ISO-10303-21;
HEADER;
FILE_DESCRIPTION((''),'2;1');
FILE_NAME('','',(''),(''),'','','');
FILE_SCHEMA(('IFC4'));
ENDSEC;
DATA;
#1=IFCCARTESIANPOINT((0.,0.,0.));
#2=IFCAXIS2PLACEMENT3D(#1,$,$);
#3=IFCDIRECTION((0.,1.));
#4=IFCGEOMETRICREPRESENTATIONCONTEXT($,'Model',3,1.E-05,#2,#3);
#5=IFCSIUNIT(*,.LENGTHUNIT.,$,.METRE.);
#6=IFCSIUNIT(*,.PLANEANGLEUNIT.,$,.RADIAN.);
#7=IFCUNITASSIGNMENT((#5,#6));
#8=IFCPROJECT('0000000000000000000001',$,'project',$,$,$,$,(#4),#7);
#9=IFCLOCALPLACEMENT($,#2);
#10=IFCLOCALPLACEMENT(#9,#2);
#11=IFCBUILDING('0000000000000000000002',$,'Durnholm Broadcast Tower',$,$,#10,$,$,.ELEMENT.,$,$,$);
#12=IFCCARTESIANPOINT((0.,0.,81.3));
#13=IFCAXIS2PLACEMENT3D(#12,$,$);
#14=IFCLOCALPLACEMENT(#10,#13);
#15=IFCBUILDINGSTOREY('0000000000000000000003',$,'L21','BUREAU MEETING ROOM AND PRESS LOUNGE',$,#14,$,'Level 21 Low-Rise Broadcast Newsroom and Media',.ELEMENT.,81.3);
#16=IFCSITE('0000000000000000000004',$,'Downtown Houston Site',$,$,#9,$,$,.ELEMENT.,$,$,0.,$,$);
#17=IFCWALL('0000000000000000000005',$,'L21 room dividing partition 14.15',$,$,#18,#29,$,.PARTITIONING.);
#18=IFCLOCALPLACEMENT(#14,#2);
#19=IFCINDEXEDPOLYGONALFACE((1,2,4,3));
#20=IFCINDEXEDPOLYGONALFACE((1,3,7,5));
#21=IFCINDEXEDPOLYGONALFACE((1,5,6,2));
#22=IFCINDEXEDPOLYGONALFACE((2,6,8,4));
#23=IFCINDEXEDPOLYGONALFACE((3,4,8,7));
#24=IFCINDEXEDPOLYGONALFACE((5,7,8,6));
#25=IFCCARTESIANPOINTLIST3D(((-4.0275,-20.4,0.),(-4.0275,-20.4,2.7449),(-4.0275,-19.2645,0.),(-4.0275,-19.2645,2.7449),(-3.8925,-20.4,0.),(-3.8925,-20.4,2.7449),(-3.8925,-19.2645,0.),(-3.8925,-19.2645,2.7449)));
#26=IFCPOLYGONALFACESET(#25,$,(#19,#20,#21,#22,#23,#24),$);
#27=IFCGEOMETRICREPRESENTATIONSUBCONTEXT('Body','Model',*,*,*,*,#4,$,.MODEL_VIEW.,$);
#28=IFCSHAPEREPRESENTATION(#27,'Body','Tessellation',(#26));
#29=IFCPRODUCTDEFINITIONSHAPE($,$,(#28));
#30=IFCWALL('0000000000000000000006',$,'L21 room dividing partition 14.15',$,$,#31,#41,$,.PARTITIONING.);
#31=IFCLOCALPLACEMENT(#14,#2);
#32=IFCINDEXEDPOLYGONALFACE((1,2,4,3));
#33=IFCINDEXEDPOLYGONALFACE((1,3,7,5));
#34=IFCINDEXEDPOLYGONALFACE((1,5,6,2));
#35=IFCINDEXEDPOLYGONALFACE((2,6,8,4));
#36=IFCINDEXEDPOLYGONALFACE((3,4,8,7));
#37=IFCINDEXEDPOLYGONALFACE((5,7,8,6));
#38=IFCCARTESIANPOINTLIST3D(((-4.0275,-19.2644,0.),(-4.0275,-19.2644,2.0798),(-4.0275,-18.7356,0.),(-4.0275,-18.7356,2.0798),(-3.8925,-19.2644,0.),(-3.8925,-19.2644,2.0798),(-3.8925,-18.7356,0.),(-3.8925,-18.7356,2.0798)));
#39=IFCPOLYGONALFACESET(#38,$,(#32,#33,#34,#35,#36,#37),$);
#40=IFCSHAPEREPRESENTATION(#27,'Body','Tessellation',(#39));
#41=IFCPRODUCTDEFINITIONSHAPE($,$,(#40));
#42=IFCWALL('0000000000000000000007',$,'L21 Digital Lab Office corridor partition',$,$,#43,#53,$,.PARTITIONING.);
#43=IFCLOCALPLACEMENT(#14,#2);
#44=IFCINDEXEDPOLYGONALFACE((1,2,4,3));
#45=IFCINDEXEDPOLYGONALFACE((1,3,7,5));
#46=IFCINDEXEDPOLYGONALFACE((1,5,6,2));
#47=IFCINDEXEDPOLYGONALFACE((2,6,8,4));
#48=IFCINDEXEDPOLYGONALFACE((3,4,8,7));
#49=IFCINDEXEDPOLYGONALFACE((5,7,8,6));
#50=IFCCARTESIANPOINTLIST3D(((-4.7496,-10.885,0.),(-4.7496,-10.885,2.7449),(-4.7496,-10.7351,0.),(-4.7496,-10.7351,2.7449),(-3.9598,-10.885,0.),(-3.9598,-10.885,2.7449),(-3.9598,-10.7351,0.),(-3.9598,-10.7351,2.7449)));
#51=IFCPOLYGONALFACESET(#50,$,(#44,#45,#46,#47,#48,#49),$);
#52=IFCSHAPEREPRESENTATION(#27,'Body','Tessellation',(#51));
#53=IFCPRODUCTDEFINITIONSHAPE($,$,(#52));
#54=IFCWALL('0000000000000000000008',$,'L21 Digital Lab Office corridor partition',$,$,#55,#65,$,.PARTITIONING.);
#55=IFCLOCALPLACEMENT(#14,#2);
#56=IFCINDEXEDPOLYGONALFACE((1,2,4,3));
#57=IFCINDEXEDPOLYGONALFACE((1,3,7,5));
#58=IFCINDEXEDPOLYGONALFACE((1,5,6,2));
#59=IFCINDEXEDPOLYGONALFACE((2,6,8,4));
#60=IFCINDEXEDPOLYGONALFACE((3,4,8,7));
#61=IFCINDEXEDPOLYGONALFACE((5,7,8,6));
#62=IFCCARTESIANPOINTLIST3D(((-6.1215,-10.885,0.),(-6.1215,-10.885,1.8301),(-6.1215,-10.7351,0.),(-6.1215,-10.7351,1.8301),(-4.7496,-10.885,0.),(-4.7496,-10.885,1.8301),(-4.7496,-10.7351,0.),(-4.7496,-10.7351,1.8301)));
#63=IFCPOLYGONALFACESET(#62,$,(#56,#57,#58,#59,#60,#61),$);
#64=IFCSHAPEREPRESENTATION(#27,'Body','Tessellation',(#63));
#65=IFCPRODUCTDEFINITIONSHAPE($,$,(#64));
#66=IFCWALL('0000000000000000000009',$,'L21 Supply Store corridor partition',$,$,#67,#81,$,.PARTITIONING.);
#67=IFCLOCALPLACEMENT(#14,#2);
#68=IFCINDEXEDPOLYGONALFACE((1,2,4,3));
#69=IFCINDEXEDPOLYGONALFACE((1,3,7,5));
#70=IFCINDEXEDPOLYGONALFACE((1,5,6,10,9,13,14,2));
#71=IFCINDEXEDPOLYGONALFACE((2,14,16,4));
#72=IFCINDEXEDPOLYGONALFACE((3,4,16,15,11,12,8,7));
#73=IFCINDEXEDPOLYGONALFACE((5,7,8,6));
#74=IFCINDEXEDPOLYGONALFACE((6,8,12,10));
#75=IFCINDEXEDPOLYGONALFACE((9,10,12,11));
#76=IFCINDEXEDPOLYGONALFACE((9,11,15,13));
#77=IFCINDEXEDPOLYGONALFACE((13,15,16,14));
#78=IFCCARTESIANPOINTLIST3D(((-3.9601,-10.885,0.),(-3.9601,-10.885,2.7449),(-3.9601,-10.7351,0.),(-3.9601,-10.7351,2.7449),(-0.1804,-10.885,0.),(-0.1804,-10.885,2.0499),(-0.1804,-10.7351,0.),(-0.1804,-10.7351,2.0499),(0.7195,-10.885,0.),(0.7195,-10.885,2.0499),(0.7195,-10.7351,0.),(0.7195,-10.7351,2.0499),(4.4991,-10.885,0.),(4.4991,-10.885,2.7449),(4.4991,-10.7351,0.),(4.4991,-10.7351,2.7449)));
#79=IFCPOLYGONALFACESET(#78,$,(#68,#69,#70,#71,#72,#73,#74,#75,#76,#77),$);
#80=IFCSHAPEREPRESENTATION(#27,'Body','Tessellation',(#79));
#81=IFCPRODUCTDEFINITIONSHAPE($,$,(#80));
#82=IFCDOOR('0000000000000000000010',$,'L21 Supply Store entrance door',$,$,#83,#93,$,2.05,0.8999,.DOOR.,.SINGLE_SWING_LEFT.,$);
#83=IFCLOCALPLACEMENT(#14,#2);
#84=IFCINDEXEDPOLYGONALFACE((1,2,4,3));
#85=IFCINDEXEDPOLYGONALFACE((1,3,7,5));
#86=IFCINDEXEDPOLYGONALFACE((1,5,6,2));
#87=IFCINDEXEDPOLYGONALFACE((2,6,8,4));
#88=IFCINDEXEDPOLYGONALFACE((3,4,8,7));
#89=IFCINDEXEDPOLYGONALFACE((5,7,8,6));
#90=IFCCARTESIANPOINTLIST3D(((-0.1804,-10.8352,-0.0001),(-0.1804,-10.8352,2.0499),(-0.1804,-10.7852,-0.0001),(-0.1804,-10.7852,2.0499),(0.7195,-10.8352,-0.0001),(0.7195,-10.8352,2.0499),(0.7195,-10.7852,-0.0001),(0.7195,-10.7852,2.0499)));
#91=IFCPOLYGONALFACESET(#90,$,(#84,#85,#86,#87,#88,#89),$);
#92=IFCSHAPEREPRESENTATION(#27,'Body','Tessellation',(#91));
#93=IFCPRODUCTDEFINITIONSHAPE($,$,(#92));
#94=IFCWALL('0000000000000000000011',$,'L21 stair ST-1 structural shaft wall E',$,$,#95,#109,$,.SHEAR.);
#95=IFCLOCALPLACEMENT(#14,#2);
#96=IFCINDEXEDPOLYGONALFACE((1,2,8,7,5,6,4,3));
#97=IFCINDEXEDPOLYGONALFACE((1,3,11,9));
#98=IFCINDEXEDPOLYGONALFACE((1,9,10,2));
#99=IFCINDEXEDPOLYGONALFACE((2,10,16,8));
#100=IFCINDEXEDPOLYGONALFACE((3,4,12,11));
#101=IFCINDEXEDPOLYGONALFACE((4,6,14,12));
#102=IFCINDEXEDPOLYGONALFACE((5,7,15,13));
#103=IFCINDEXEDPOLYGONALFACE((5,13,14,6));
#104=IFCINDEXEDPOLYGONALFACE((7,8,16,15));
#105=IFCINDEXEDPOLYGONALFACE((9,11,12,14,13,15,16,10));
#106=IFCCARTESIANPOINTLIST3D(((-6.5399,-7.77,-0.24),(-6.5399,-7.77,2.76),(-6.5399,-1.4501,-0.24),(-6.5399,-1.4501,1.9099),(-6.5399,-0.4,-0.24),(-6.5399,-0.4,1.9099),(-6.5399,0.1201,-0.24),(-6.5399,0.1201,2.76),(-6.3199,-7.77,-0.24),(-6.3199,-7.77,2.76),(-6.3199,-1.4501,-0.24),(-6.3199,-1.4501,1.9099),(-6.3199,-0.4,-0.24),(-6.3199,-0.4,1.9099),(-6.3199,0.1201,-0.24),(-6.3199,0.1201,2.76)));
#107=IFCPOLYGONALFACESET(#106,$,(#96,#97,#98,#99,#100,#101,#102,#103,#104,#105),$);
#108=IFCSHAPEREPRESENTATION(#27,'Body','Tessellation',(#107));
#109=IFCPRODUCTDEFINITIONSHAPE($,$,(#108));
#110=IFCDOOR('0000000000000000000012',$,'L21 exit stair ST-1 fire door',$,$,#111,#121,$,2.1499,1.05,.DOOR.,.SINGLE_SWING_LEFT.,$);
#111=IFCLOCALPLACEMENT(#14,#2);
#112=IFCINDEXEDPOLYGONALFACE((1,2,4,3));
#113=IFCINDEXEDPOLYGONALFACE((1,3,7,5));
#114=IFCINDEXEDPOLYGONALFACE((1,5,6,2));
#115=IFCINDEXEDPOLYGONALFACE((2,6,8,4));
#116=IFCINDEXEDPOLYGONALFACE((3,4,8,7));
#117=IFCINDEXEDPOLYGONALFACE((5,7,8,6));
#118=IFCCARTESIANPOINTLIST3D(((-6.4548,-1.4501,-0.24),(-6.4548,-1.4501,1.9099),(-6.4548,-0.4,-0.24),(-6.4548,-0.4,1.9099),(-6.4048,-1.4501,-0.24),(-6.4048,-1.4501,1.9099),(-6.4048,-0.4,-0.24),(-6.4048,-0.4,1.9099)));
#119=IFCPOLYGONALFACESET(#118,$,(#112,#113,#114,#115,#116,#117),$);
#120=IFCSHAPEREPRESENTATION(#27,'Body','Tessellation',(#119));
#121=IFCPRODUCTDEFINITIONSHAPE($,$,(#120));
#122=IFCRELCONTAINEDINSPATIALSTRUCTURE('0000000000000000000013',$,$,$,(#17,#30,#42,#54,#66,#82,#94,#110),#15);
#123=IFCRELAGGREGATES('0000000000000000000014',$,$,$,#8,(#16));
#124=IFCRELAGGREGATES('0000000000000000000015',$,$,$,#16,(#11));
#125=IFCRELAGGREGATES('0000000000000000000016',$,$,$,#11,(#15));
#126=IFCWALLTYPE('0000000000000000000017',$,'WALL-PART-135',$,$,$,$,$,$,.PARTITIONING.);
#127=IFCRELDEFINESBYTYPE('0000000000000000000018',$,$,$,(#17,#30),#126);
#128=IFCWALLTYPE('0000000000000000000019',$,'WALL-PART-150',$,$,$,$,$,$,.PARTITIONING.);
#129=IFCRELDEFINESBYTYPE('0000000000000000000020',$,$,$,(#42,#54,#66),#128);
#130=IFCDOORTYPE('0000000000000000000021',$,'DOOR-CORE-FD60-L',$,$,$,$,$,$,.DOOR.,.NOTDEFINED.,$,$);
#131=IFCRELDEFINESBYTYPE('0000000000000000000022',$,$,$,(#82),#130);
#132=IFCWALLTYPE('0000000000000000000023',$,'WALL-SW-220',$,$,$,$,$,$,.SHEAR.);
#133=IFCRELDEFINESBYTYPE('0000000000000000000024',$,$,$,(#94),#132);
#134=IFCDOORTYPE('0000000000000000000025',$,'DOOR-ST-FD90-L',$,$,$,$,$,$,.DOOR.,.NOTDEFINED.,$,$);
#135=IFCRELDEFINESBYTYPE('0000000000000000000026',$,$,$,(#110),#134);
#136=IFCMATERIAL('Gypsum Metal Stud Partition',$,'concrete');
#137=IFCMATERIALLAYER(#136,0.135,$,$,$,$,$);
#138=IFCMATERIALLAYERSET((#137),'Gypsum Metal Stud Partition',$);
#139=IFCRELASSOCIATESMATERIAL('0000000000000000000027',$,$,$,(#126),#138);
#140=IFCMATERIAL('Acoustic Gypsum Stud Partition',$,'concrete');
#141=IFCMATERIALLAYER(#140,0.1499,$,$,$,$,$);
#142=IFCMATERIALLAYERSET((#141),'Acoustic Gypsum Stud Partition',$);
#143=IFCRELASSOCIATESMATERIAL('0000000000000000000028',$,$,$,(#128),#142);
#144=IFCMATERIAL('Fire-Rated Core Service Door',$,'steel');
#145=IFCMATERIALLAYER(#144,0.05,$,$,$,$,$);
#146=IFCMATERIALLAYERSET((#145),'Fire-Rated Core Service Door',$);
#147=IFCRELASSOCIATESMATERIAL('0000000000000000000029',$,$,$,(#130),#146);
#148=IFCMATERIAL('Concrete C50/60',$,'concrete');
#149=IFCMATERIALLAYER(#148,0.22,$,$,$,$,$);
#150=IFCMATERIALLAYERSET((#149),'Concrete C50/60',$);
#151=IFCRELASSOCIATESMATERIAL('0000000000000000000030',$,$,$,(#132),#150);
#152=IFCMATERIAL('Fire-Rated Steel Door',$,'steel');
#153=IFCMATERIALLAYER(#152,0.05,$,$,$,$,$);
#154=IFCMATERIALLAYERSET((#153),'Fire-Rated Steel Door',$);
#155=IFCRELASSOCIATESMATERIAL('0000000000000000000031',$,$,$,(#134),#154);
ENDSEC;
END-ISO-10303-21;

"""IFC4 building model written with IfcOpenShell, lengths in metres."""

from ifc_helpers import new_model, si_unit, direction, frame, frame_2d, origin, place, context, subcontext, project, spatial, rectangle, extrude, source, transform, mapped, material, layer, layer_set, type_object, type_shapes, element, fill, save


model = new_model("IFC4")

# Units and contexts
model_context = context("Model", 3, precision=1e-05, world=origin(), true_north=direction((0.0, 1.0)))
body_context = subcontext(model_context, "Body", "Model", "MODEL_VIEW")
ifc_project = project(units=[si_unit("LENGTHUNIT", "METRE"), si_unit("PLANEANGLEUNIT", "RADIAN")], contexts=[model_context])

# Site, building, storey
site_placement = place(None, origin())
site = spatial("IfcSite", under=ifc_project, at=site_placement, Name="Downtown Houston Site", CompositionType="ELEMENT", RefElevation=0.0)
building_placement = place(site_placement, origin())
building = spatial("IfcBuilding", under=site, at=building_placement, Name="Durnholm Broadcast Tower", CompositionType="ELEMENT")
storey_placement = place(building_placement, frame((0.0, 0.0, 81.3)))
storey = spatial("IfcBuildingStorey", under=building, at=storey_placement, Name="L21", Description="BUREAU MEETING ROOM AND PRESS LOUNGE", LongName="Level 21 Low-Rise Broadcast Newsroom and Media", CompositionType="ELEMENT", Elevation=81.3)

# Shared definitions
ifc_material_1 = material(Name="Gypsum Metal Stud Partition", Category="concrete")
ifc_layer_1 = layer(ifc_material_1, 0.135)
ifc_layer_set_1 = layer_set([ifc_layer_1], Name="Gypsum Metal Stud Partition")
wall_type_1 = type_object("IfcWallType", Name="WALL-PART-135", PredefinedType="PARTITIONING", material=ifc_layer_set_1)

# Walls
wall_1_placement = place(storey_placement, frame((-3.96, -19.2644, 0.0), z_axis=(0.0, 0.0, 1.0), x_axis=(0.0, -1.0, 0.0)))
element("IfcWall", 1, at=wall_1_placement, inside=storey, type_object=wall_type_1, Name="L21 room dividing partition 14.15", PredefinedType="PARTITIONING", context=body_context, shape_type="SweptSolid", body=[
    extrude(rectangle(XDim=1.1355, YDim=0.135, at=frame_2d((0.5679, 0.0))), origin(), (0.0, 0.0, 1.0), 2.7449),
])
wall_2_placement = place(storey_placement, frame((-3.96, -18.7356, 0.0), z_axis=(0.0, 0.0, 1.0), x_axis=(0.0, -1.0, 0.0)))
element("IfcWall", 2, at=wall_2_placement, inside=storey, type_object=wall_type_1, Name="L21 room dividing partition 14.15", PredefinedType="PARTITIONING", context=body_context, shape_type="SweptSolid", body=[
    extrude(rectangle(XDim=0.5288, YDim=0.135, at=frame_2d((0.2644, 0.0))), origin(), (0.0, 0.0, 1.0), 2.0798),
])
ifc_material_2 = material(Name="Acoustic Gypsum Stud Partition", Category="concrete")
ifc_layer_2 = layer(ifc_material_2, 0.1499)
ifc_layer_set_2 = layer_set([ifc_layer_2], Name="Acoustic Gypsum Stud Partition")
wall_type_2 = type_object("IfcWallType", Name="WALL-PART-150", PredefinedType="PARTITIONING", material=ifc_layer_set_2)
wall_3_placement = place(storey_placement, frame((-4.7498, -10.8101, 0.0), z_axis=(0.0, 0.0, 1.0), x_axis=(1.0, 0.0, 0.0)))
element("IfcWall", 3, at=wall_3_placement, inside=storey, type_object=wall_type_2, Name="L21 Digital Lab Office corridor partition", PredefinedType="PARTITIONING", context=body_context, shape_type="SweptSolid", body=[
    extrude(rectangle(XDim=0.7898, YDim=0.1499, at=frame_2d((0.395, 0.0))), origin(), (0.0, 0.0, 1.0), 2.7449),
])
wall_4_placement = place(storey_placement, frame((-6.1216, -10.8101, 0.0), z_axis=(0.0, 0.0, 1.0), x_axis=(1.0, 0.0, 0.0)))
element("IfcWall", 4, at=wall_4_placement, inside=storey, type_object=wall_type_2, Name="L21 Digital Lab Office corridor partition", PredefinedType="PARTITIONING", context=body_context, shape_type="SweptSolid", body=[
    extrude(rectangle(XDim=1.3718, YDim=0.1499, at=frame_2d((0.686, 0.0))), origin(), (0.0, 0.0, 1.0), 1.8301),
])

# Walls, openings, doors
wall_5_placement = place(storey_placement, frame((-3.96, -10.8101, 0.0), z_axis=(0.0, 0.0, 1.0), x_axis=(1.0, 0.0, 0.0)))
wall_5 = element("IfcWall", 5, at=wall_5_placement, inside=storey, type_object=wall_type_2, Name="L21 Supply Store corridor partition", PredefinedType="PARTITIONING", context=body_context, shape_type="SweptSolid", body=[
    extrude(rectangle(XDim=8.4592, YDim=0.1499, at=frame_2d((4.2295, 0.0))), origin(), (0.0, 0.0, 1.0), 2.7449),
])
opening_1_placement = place(wall_5_placement, frame((3.7795, 0.0, 0.0)))
opening_1 = element("IfcOpeningElement", 6, at=opening_1_placement, cuts=wall_5, PredefinedType="OPENING", context=body_context, shape_type="SweptSolid", body=[
    extrude(rectangle(XDim=0.8999, YDim=2.05, at=frame_2d((0.45, 1.0249))), frame((0.0, 0.085, 0.0), z_axis=(0.0, -1.0, 0.0), x_axis=(1.0, 0.0, 0.0)), (0.0, 0.0, 1.0), 0.1699),
])
ifc_material_3 = material(Name="Fire-Rated Core Service Door", Category="steel")
ifc_layer_3 = layer(ifc_material_3, 0.05)
ifc_layer_set_3 = layer_set([ifc_layer_3], Name="Fire-Rated Core Service Door")
door_type_1 = type_object("IfcDoorType", Name="DOOR-CORE-FD60-L", OperationType="NOTDEFINED", PredefinedType="DOOR", material=ifc_layer_set_3)
shared_shape_1 = source(origin(), body_context, "Body", "SweptSolid", [
    extrude(rectangle(XDim=0.8999, YDim=2.05, at=frame_2d((0.45, 1.0249))), frame((0.0, 0.0249, 0.0), z_axis=(0.0, -1.0, 0.0), x_axis=(1.0, 0.0, 0.0)), (0.0, 0.0, 1.0), 0.05),
])
type_shapes(door_type_1, [shared_shape_1])
door_1_placement = place(opening_1_placement, origin())
door_1 = element("IfcDoor", 7, at=door_1_placement, inside=storey, type_object=door_type_1, Name="L21 Supply Store entrance door", OperationType="SINGLE_SWING_LEFT", OverallHeight=2.05, OverallWidth=0.8999, PredefinedType="DOOR", context=body_context, shape_type="MappedRepresentation", body=[
    mapped(shared_shape_1, transform((0.0, 0.0, 0.0), x_axis=(1.0, 0.0, 0.0), y_axis=(0.0, 1.0, 0.0), z_axis=(0.0, 0.0, 1.0), scale=1.0)),
])
fill(opening_1, door_1)
ifc_material_4 = material(Name="Concrete C50/60", Category="concrete")
ifc_layer_4 = layer(ifc_material_4, 0.22)
ifc_layer_set_4 = layer_set([ifc_layer_4], Name="Concrete C50/60")
wall_type_3 = type_object("IfcWallType", Name="WALL-SW-220", PredefinedType="SHEAR", material=ifc_layer_set_4)
wall_6_placement = place(storey_placement, frame((-6.4299, -7.77, -0.24), z_axis=(0.0, 0.0, 1.0), x_axis=(0.0, 1.0, 0.0)))
wall_6 = element("IfcWall", 8, at=wall_6_placement, inside=storey, type_object=wall_type_3, Name="L21 stair ST-1 structural shaft wall E", PredefinedType="SHEAR", context=body_context, shape_type="SweptSolid", body=[
    extrude(rectangle(XDim=7.8901, YDim=0.22, at=frame_2d((3.9451, 0.0))), origin(), (0.0, 0.0, 1.0), 3.0),
])
opening_2_placement = place(wall_6_placement, frame((6.3201, 0.0, 0.0)))
opening_2 = element("IfcOpeningElement", 9, at=opening_2_placement, cuts=wall_6, PredefinedType="OPENING", context=body_context, shape_type="SweptSolid", body=[
    extrude(rectangle(XDim=1.05, YDim=2.1499, at=frame_2d((0.5249, 1.075))), frame((0.0, 0.1201, 0.0), z_axis=(0.0, -1.0, 0.0), x_axis=(1.0, 0.0, 0.0)), (0.0, 0.0, 1.0), 0.24),
])
ifc_material_5 = material(Name="Fire-Rated Steel Door", Category="steel")
ifc_layer_5 = layer(ifc_material_5, 0.05)
ifc_layer_set_5 = layer_set([ifc_layer_5], Name="Fire-Rated Steel Door")
door_type_2 = type_object("IfcDoorType", Name="DOOR-ST-FD90-L", OperationType="NOTDEFINED", PredefinedType="DOOR", material=ifc_layer_set_5)
shared_shape_2 = source(origin(), body_context, "Body", "SweptSolid", [
    extrude(rectangle(XDim=1.05, YDim=2.1499, at=frame_2d((0.5249, 1.075))), frame((0.0, 0.0249, 0.0), z_axis=(0.0, -1.0, 0.0), x_axis=(1.0, 0.0, 0.0)), (0.0, 0.0, 1.0), 0.05),
])
type_shapes(door_type_2, [shared_shape_2])
door_2_placement = place(opening_2_placement, origin())
door_2 = element("IfcDoor", 10, at=door_2_placement, inside=storey, type_object=door_type_2, Name="L21 exit stair ST-1 fire door", OperationType="SINGLE_SWING_LEFT", OverallHeight=2.1499, OverallWidth=1.05, PredefinedType="DOOR", context=body_context, shape_type="MappedRepresentation", body=[
    mapped(shared_shape_2, transform((0.0, 0.0, 0.0), x_axis=(1.0, 0.0, 0.0), y_axis=(0.0, 1.0, 0.0), z_axis=(0.0, 0.0, 1.0), scale=1.0)),
])
fill(opening_2, door_2)

save(model, "model.ifc")
